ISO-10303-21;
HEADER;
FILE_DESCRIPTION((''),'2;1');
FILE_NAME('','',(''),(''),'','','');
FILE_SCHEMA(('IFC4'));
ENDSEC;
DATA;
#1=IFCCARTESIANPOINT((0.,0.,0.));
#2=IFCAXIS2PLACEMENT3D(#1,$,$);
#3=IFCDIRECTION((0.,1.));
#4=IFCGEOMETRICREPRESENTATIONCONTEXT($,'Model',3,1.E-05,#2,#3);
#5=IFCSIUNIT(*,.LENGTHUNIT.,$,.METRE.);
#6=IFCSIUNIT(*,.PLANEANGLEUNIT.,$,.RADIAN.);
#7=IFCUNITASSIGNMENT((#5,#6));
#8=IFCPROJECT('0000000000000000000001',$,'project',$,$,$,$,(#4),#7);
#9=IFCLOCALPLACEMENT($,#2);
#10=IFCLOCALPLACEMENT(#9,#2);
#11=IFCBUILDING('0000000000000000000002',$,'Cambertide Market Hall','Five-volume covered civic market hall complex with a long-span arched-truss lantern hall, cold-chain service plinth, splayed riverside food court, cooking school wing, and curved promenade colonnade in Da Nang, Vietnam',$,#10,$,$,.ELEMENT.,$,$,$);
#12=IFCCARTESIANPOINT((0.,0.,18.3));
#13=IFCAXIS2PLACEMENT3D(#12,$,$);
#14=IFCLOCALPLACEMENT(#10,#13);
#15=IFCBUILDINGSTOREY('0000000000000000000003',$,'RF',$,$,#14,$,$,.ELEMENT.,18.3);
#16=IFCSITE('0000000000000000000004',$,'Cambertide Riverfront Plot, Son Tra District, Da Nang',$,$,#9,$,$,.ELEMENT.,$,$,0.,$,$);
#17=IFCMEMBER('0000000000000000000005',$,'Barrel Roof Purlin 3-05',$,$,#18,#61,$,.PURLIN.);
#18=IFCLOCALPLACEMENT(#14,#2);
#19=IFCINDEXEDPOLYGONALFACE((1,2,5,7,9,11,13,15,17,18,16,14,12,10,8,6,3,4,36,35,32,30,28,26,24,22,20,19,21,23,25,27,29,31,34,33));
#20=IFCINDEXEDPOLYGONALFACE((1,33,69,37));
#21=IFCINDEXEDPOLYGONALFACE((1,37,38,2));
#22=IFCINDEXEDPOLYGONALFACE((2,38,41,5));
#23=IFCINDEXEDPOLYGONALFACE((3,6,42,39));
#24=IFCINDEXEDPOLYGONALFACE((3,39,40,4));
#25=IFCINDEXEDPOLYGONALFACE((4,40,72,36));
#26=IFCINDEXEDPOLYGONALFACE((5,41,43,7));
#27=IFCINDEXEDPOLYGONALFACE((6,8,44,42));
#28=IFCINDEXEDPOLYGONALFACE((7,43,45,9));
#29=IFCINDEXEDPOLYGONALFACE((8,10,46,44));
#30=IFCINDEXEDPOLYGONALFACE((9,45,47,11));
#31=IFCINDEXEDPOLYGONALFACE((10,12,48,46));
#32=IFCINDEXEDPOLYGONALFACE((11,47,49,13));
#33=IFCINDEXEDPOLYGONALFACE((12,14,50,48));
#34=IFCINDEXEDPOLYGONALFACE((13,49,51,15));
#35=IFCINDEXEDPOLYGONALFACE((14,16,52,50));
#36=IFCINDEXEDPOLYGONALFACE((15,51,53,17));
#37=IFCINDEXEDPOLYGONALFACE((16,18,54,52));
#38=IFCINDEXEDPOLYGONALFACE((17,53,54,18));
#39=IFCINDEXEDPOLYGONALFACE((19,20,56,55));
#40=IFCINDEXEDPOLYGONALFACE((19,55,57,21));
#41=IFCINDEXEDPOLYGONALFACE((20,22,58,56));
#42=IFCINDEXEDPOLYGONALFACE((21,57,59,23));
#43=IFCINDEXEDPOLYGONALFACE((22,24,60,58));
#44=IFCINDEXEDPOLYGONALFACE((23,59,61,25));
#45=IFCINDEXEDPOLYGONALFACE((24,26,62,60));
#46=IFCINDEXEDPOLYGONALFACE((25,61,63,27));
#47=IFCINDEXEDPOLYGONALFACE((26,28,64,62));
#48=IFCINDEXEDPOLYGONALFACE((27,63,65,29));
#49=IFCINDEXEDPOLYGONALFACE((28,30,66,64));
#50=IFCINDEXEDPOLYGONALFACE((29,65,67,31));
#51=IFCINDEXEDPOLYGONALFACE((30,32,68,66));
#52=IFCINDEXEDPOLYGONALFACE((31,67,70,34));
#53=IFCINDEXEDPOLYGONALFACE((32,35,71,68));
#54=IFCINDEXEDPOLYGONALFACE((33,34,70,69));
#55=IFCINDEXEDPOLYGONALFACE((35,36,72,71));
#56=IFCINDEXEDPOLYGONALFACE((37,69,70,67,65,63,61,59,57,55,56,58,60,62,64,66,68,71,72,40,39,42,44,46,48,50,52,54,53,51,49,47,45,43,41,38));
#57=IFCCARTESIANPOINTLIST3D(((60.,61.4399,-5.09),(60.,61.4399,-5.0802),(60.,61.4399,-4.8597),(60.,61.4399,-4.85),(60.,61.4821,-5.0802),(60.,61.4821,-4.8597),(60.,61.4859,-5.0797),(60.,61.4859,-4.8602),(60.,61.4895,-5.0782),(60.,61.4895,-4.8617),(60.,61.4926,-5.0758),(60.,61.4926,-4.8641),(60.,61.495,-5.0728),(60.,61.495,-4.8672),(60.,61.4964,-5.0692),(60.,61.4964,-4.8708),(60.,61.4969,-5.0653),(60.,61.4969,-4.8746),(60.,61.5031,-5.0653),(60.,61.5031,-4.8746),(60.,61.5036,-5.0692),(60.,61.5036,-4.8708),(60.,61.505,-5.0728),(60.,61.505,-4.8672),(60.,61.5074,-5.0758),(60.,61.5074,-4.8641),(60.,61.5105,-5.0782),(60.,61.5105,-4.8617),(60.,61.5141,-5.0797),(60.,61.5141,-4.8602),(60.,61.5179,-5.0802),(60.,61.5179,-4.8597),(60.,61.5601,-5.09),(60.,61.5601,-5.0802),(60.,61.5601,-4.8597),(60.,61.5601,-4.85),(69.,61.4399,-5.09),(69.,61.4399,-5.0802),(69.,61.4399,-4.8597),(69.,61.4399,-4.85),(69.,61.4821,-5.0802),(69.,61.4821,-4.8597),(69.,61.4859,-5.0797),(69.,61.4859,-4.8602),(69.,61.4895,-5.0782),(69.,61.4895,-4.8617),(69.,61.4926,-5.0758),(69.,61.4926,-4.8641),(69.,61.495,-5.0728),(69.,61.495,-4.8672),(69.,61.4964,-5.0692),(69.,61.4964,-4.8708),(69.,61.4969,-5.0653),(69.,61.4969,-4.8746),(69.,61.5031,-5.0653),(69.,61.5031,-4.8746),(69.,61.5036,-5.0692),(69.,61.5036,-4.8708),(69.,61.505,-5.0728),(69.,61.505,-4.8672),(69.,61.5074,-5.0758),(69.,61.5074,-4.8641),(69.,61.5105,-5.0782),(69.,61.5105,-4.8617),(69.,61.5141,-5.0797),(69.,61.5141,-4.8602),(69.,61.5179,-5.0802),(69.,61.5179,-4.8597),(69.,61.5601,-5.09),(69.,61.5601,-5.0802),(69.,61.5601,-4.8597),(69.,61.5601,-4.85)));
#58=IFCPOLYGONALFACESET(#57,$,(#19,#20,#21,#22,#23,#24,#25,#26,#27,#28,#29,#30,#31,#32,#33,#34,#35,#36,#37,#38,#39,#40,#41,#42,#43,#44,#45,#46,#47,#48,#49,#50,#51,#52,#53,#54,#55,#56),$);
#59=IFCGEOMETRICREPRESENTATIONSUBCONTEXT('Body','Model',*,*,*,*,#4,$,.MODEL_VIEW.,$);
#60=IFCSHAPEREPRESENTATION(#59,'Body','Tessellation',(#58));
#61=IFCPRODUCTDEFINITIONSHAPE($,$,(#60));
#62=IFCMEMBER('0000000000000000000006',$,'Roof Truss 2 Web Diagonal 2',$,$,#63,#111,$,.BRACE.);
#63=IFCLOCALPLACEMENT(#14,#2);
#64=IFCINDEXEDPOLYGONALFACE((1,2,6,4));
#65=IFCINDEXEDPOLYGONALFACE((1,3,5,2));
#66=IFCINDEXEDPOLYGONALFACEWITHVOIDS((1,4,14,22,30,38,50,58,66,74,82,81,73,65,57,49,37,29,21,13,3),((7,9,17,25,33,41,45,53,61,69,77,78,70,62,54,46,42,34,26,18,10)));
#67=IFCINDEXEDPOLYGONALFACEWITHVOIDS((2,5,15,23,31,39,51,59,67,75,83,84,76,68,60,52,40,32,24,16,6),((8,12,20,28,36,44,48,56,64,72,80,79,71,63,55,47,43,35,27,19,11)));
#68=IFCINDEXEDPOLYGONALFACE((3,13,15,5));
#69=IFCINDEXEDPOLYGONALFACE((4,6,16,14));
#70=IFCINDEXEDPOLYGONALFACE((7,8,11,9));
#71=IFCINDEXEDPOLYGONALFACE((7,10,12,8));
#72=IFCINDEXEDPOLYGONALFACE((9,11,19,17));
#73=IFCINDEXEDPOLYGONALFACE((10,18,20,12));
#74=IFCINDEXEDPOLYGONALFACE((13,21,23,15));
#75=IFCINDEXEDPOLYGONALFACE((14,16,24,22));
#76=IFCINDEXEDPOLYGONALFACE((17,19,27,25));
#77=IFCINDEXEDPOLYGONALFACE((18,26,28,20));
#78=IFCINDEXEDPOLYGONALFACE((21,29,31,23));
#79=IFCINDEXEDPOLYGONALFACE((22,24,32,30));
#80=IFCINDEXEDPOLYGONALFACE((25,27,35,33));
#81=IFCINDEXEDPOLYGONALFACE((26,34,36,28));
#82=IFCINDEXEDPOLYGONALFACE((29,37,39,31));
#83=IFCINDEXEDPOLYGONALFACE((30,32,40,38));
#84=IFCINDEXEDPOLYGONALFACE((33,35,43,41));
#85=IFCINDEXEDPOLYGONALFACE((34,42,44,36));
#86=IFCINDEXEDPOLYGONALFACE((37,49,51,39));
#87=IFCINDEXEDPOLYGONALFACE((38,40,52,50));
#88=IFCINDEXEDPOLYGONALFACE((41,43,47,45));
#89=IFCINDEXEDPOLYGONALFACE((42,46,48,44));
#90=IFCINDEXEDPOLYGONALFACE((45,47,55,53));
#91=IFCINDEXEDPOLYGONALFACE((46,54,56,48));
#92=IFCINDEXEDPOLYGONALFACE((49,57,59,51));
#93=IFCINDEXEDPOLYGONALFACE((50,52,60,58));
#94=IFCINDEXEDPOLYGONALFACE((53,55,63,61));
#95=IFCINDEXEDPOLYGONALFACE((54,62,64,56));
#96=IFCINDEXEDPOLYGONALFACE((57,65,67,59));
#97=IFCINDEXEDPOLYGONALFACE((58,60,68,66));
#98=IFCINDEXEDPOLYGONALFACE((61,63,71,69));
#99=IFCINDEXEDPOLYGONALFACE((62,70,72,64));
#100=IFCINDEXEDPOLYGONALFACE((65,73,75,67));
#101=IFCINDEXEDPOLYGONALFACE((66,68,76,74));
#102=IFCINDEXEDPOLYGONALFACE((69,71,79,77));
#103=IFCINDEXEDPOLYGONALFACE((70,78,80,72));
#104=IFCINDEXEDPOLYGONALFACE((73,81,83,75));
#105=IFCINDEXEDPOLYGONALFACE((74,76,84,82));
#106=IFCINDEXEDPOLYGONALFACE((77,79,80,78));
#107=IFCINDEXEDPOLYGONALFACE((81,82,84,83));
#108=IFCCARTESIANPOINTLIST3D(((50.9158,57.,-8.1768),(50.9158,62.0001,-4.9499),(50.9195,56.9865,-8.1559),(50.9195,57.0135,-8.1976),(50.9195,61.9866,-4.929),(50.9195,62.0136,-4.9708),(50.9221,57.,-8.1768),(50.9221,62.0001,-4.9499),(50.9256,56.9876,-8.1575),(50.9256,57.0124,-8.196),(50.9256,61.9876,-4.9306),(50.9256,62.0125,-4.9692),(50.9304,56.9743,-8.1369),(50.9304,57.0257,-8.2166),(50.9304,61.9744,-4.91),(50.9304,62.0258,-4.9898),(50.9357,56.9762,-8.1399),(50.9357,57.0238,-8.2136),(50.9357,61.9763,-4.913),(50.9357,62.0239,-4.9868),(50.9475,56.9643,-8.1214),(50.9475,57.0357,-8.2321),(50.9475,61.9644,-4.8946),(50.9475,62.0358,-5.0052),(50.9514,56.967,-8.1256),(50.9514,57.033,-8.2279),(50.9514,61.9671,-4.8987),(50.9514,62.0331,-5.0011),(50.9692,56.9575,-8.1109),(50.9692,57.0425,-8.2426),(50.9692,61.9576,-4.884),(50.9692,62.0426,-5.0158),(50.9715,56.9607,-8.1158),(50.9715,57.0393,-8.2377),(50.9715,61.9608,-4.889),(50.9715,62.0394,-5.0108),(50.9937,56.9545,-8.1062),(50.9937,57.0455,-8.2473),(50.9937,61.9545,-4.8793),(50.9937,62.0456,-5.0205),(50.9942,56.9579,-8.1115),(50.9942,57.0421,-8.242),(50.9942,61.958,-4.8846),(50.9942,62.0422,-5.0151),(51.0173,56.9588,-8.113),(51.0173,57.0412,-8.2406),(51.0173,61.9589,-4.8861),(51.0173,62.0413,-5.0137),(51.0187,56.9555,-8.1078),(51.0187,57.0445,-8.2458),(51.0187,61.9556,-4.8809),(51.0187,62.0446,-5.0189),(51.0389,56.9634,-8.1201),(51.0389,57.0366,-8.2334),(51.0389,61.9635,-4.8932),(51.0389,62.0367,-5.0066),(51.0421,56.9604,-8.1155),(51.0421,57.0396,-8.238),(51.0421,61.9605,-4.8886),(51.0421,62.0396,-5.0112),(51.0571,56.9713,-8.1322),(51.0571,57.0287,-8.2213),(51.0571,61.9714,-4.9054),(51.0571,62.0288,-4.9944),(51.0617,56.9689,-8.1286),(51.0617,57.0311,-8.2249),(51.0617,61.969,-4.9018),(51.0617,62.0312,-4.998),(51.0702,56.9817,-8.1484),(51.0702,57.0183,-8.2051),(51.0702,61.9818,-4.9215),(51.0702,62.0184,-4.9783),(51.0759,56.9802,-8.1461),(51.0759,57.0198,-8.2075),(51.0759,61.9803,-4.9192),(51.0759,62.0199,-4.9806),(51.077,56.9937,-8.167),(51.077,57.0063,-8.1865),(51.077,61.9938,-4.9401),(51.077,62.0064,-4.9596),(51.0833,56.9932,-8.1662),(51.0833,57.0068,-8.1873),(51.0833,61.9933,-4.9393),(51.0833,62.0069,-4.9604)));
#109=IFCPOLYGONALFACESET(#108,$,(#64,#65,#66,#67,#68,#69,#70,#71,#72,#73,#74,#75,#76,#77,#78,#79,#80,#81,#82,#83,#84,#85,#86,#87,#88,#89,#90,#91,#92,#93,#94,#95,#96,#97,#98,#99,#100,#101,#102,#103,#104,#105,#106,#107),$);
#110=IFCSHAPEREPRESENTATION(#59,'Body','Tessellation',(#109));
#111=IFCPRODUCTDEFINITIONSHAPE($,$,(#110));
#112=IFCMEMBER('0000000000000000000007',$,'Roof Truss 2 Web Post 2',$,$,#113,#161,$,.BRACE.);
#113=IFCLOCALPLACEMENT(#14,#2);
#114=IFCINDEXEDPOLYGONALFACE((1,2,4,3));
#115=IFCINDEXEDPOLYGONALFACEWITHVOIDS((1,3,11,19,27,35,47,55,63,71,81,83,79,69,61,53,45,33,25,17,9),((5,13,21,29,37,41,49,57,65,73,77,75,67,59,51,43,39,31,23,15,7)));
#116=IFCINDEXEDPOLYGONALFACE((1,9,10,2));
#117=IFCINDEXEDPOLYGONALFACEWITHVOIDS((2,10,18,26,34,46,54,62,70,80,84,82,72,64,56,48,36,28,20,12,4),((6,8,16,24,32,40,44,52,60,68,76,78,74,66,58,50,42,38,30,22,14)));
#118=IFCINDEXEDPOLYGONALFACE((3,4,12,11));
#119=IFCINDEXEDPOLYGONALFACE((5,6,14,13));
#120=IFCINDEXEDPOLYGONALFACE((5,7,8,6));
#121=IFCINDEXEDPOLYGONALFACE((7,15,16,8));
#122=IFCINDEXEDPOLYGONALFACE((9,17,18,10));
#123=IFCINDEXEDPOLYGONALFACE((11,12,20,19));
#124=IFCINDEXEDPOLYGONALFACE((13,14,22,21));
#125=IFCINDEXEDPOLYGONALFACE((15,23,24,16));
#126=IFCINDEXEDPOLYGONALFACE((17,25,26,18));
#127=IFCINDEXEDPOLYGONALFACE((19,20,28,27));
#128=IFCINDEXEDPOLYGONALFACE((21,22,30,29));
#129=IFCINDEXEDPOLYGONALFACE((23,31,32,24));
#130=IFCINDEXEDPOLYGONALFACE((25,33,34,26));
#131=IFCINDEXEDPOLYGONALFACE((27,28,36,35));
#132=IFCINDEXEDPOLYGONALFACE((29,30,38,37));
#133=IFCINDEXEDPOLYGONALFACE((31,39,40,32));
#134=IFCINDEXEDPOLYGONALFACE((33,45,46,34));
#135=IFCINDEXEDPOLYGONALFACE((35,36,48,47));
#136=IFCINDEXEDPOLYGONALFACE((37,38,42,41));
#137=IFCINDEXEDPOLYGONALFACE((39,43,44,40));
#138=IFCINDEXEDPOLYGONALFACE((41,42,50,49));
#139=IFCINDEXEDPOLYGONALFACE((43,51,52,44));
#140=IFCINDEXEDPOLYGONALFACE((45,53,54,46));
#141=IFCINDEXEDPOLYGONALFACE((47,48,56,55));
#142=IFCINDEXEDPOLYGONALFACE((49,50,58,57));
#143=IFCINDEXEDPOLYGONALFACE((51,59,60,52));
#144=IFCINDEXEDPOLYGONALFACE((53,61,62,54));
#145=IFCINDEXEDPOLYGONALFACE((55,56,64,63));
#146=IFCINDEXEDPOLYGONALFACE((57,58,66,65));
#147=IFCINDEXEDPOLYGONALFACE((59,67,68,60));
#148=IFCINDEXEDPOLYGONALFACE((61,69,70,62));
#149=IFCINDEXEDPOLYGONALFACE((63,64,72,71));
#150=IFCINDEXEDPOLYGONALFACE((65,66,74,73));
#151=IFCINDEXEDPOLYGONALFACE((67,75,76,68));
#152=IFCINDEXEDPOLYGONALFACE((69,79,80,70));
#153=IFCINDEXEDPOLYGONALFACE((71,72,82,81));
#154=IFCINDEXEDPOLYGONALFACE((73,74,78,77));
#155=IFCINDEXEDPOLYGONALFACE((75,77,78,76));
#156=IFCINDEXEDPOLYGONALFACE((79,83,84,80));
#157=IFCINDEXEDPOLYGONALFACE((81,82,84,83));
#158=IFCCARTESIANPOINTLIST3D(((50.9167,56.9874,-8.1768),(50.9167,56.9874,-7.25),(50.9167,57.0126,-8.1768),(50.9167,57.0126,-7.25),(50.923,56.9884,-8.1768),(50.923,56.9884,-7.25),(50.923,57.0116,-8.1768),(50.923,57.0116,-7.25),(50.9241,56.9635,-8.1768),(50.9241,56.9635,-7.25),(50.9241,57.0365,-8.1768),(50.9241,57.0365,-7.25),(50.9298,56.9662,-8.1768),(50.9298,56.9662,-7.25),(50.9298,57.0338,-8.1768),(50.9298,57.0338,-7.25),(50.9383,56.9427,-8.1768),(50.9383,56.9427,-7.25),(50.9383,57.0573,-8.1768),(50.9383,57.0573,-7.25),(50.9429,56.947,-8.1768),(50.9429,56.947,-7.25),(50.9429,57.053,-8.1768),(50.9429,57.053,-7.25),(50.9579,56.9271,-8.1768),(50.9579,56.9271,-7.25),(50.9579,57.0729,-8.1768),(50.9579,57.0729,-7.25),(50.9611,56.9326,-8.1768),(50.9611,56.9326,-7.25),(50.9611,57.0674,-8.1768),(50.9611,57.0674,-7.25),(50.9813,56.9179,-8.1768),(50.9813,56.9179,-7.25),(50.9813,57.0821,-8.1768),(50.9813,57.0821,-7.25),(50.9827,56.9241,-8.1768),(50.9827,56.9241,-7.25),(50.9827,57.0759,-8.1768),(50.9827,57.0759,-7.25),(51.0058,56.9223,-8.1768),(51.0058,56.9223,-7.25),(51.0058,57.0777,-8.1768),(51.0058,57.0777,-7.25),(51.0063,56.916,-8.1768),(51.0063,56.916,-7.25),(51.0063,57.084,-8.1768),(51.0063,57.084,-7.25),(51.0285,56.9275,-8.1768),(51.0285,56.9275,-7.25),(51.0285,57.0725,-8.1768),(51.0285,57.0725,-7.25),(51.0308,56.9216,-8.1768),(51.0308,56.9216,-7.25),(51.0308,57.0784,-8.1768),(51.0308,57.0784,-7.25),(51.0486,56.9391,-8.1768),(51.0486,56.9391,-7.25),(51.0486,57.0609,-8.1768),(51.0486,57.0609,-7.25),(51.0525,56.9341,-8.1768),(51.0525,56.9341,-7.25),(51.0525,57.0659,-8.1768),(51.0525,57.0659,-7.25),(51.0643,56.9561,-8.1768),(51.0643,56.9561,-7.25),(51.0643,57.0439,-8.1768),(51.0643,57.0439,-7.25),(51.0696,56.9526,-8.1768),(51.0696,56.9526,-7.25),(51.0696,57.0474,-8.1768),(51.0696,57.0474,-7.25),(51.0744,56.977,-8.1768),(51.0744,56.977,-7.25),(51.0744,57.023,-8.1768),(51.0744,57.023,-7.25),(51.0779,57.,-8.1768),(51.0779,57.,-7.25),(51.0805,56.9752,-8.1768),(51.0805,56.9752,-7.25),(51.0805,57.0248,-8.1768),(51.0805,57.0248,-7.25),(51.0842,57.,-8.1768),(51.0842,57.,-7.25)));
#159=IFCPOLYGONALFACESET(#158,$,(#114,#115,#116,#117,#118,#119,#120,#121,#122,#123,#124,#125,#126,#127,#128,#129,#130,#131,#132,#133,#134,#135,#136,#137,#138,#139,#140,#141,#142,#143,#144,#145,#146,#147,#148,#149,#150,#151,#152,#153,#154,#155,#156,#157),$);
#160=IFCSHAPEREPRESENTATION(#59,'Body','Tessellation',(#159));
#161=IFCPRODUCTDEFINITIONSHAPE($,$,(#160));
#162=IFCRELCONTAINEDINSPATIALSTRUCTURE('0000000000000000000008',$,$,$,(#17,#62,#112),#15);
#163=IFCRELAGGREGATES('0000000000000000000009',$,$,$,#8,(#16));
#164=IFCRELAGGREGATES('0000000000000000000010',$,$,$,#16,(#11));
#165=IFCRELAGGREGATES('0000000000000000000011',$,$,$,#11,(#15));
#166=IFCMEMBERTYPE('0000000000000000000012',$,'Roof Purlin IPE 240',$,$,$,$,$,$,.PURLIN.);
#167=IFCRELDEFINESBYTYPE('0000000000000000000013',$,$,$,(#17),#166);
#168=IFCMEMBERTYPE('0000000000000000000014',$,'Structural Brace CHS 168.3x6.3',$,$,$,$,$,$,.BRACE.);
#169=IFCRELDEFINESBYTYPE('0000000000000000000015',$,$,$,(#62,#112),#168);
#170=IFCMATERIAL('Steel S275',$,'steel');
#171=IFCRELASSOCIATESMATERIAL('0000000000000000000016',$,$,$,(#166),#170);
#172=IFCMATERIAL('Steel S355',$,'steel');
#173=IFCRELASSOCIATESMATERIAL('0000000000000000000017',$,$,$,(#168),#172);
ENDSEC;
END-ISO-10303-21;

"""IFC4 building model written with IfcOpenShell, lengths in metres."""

from ifc_helpers import new_model, si_unit, direction, frame, origin, origin_2d, place, context, subcontext, project, spatial, hollow_circle, i_section, extrude, material, material_profile, profile_set, type_object, element, save


model = new_model("IFC4")

# Units and contexts
model_context = context("Model", 3, precision=1e-05, world=origin(), true_north=direction((0.0, 1.0)))
body_context = subcontext(model_context, "Body", "Model", "MODEL_VIEW")
ifc_project = project(units=[si_unit("LENGTHUNIT", "METRE"), si_unit("PLANEANGLEUNIT", "RADIAN")], contexts=[model_context])

# Site, building, storey
site_placement = place(None, origin())
site = spatial("IfcSite", under=ifc_project, at=site_placement, Name="Cambertide Riverfront Plot, Son Tra District, Da Nang", CompositionType="ELEMENT", RefElevation=0.0)
building_placement = place(site_placement, origin())
building = spatial("IfcBuilding", under=site, at=building_placement, Name="Cambertide Market Hall", Description="Five-volume covered civic market hall complex with a long-span arched-truss lantern hall, cold-chain service plinth, splayed riverside food court, cooking school wing, and curved promenade colonnade in Da Nang, Vietnam", CompositionType="ELEMENT")
storey_placement = place(building_placement, frame((0.0, 0.0, 18.3)))
storey = spatial("IfcBuildingStorey", under=building, at=storey_placement, Name="RF", CompositionType="ELEMENT", Elevation=18.3)

# Members
ifc_material_1 = material(Name="Steel S275", Category="steel")
ifc_material_profile_1 = material_profile(ifc_material_1, i_section(OverallWidth=0.1201, OverallDepth=0.24, WebThickness=0.0061, FlangeThickness=0.0098, FilletRadius=0.0149, at=origin_2d()), Name="IPE 240")
ifc_profile_set_1 = profile_set([ifc_material_profile_1], Name="Steel S275")
member_type_1 = type_object("IfcMemberType", Name="Roof Purlin IPE 240", PredefinedType="PURLIN", material=ifc_profile_set_1)
for number, where, z_axis, x_axis, name in (
    (1, (60.0, 61.5, -4.97), (1.0, 0.0, 0.0), (0.0, 1.0, 0.0), "Barrel Roof Purlin 3-05"),
):
    element("IfcMember", number, at=place(storey_placement, frame(where, z_axis=z_axis, x_axis=x_axis)), inside=storey, type_object=member_type_1, Name=name, PredefinedType="PURLIN", context=body_context, shape_type="SweptSolid", body=[
        extrude(i_section(OverallWidth=0.1201, OverallDepth=0.24, WebThickness=0.0061, FlangeThickness=0.0098, FilletRadius=0.0149, at=origin_2d()), origin(), (0.0, 0.0, 1.0), 9.0),
    ])
ifc_material_2 = material(Name="Steel S355", Category="steel")
ifc_material_profile_2 = material_profile(ifc_material_2, hollow_circle(Radius=0.0842, WallThickness=0.0063, at=origin_2d()), Name="CHS 168.3x6.3")
ifc_profile_set_2 = profile_set([ifc_material_profile_2], Name="Steel S355")
member_type_2 = type_object("IfcMemberType", Name="Structural Brace CHS 168.3x6.3", PredefinedType="BRACE", material=ifc_profile_set_2)
member_1_placement = place(storey_placement, frame((51.0, 57.0, -8.1768), z_axis=(0.0, 0.84022, 0.542246), x_axis=(-1.0, 0.0, 0.0)))
element("IfcMember", 2, at=member_1_placement, inside=storey, type_object=member_type_2, Name="Roof Truss 2 Web Diagonal 2", PredefinedType="BRACE", context=body_context, shape_type="SweptSolid", body=[
    extrude(hollow_circle(Radius=0.0842, WallThickness=0.0063, at=origin_2d()), origin(), (0.0, 0.0, 1.0), 5.9509),
])
member_2_placement = place(storey_placement, frame((51.0, 57.0, -8.1768), z_axis=(0.0, 0.0, 1.0), x_axis=(1.0, 0.0, 0.0)))
element("IfcMember", 3, at=member_2_placement, inside=storey, type_object=member_type_2, Name="Roof Truss 2 Web Post 2", PredefinedType="BRACE", context=body_context, shape_type="SweptSolid", body=[
    extrude(hollow_circle(Radius=0.0842, WallThickness=0.0063, at=origin_2d()), origin(), (0.0, 0.0, 1.0), 0.9268),
])

save(model, "model.ifc")
